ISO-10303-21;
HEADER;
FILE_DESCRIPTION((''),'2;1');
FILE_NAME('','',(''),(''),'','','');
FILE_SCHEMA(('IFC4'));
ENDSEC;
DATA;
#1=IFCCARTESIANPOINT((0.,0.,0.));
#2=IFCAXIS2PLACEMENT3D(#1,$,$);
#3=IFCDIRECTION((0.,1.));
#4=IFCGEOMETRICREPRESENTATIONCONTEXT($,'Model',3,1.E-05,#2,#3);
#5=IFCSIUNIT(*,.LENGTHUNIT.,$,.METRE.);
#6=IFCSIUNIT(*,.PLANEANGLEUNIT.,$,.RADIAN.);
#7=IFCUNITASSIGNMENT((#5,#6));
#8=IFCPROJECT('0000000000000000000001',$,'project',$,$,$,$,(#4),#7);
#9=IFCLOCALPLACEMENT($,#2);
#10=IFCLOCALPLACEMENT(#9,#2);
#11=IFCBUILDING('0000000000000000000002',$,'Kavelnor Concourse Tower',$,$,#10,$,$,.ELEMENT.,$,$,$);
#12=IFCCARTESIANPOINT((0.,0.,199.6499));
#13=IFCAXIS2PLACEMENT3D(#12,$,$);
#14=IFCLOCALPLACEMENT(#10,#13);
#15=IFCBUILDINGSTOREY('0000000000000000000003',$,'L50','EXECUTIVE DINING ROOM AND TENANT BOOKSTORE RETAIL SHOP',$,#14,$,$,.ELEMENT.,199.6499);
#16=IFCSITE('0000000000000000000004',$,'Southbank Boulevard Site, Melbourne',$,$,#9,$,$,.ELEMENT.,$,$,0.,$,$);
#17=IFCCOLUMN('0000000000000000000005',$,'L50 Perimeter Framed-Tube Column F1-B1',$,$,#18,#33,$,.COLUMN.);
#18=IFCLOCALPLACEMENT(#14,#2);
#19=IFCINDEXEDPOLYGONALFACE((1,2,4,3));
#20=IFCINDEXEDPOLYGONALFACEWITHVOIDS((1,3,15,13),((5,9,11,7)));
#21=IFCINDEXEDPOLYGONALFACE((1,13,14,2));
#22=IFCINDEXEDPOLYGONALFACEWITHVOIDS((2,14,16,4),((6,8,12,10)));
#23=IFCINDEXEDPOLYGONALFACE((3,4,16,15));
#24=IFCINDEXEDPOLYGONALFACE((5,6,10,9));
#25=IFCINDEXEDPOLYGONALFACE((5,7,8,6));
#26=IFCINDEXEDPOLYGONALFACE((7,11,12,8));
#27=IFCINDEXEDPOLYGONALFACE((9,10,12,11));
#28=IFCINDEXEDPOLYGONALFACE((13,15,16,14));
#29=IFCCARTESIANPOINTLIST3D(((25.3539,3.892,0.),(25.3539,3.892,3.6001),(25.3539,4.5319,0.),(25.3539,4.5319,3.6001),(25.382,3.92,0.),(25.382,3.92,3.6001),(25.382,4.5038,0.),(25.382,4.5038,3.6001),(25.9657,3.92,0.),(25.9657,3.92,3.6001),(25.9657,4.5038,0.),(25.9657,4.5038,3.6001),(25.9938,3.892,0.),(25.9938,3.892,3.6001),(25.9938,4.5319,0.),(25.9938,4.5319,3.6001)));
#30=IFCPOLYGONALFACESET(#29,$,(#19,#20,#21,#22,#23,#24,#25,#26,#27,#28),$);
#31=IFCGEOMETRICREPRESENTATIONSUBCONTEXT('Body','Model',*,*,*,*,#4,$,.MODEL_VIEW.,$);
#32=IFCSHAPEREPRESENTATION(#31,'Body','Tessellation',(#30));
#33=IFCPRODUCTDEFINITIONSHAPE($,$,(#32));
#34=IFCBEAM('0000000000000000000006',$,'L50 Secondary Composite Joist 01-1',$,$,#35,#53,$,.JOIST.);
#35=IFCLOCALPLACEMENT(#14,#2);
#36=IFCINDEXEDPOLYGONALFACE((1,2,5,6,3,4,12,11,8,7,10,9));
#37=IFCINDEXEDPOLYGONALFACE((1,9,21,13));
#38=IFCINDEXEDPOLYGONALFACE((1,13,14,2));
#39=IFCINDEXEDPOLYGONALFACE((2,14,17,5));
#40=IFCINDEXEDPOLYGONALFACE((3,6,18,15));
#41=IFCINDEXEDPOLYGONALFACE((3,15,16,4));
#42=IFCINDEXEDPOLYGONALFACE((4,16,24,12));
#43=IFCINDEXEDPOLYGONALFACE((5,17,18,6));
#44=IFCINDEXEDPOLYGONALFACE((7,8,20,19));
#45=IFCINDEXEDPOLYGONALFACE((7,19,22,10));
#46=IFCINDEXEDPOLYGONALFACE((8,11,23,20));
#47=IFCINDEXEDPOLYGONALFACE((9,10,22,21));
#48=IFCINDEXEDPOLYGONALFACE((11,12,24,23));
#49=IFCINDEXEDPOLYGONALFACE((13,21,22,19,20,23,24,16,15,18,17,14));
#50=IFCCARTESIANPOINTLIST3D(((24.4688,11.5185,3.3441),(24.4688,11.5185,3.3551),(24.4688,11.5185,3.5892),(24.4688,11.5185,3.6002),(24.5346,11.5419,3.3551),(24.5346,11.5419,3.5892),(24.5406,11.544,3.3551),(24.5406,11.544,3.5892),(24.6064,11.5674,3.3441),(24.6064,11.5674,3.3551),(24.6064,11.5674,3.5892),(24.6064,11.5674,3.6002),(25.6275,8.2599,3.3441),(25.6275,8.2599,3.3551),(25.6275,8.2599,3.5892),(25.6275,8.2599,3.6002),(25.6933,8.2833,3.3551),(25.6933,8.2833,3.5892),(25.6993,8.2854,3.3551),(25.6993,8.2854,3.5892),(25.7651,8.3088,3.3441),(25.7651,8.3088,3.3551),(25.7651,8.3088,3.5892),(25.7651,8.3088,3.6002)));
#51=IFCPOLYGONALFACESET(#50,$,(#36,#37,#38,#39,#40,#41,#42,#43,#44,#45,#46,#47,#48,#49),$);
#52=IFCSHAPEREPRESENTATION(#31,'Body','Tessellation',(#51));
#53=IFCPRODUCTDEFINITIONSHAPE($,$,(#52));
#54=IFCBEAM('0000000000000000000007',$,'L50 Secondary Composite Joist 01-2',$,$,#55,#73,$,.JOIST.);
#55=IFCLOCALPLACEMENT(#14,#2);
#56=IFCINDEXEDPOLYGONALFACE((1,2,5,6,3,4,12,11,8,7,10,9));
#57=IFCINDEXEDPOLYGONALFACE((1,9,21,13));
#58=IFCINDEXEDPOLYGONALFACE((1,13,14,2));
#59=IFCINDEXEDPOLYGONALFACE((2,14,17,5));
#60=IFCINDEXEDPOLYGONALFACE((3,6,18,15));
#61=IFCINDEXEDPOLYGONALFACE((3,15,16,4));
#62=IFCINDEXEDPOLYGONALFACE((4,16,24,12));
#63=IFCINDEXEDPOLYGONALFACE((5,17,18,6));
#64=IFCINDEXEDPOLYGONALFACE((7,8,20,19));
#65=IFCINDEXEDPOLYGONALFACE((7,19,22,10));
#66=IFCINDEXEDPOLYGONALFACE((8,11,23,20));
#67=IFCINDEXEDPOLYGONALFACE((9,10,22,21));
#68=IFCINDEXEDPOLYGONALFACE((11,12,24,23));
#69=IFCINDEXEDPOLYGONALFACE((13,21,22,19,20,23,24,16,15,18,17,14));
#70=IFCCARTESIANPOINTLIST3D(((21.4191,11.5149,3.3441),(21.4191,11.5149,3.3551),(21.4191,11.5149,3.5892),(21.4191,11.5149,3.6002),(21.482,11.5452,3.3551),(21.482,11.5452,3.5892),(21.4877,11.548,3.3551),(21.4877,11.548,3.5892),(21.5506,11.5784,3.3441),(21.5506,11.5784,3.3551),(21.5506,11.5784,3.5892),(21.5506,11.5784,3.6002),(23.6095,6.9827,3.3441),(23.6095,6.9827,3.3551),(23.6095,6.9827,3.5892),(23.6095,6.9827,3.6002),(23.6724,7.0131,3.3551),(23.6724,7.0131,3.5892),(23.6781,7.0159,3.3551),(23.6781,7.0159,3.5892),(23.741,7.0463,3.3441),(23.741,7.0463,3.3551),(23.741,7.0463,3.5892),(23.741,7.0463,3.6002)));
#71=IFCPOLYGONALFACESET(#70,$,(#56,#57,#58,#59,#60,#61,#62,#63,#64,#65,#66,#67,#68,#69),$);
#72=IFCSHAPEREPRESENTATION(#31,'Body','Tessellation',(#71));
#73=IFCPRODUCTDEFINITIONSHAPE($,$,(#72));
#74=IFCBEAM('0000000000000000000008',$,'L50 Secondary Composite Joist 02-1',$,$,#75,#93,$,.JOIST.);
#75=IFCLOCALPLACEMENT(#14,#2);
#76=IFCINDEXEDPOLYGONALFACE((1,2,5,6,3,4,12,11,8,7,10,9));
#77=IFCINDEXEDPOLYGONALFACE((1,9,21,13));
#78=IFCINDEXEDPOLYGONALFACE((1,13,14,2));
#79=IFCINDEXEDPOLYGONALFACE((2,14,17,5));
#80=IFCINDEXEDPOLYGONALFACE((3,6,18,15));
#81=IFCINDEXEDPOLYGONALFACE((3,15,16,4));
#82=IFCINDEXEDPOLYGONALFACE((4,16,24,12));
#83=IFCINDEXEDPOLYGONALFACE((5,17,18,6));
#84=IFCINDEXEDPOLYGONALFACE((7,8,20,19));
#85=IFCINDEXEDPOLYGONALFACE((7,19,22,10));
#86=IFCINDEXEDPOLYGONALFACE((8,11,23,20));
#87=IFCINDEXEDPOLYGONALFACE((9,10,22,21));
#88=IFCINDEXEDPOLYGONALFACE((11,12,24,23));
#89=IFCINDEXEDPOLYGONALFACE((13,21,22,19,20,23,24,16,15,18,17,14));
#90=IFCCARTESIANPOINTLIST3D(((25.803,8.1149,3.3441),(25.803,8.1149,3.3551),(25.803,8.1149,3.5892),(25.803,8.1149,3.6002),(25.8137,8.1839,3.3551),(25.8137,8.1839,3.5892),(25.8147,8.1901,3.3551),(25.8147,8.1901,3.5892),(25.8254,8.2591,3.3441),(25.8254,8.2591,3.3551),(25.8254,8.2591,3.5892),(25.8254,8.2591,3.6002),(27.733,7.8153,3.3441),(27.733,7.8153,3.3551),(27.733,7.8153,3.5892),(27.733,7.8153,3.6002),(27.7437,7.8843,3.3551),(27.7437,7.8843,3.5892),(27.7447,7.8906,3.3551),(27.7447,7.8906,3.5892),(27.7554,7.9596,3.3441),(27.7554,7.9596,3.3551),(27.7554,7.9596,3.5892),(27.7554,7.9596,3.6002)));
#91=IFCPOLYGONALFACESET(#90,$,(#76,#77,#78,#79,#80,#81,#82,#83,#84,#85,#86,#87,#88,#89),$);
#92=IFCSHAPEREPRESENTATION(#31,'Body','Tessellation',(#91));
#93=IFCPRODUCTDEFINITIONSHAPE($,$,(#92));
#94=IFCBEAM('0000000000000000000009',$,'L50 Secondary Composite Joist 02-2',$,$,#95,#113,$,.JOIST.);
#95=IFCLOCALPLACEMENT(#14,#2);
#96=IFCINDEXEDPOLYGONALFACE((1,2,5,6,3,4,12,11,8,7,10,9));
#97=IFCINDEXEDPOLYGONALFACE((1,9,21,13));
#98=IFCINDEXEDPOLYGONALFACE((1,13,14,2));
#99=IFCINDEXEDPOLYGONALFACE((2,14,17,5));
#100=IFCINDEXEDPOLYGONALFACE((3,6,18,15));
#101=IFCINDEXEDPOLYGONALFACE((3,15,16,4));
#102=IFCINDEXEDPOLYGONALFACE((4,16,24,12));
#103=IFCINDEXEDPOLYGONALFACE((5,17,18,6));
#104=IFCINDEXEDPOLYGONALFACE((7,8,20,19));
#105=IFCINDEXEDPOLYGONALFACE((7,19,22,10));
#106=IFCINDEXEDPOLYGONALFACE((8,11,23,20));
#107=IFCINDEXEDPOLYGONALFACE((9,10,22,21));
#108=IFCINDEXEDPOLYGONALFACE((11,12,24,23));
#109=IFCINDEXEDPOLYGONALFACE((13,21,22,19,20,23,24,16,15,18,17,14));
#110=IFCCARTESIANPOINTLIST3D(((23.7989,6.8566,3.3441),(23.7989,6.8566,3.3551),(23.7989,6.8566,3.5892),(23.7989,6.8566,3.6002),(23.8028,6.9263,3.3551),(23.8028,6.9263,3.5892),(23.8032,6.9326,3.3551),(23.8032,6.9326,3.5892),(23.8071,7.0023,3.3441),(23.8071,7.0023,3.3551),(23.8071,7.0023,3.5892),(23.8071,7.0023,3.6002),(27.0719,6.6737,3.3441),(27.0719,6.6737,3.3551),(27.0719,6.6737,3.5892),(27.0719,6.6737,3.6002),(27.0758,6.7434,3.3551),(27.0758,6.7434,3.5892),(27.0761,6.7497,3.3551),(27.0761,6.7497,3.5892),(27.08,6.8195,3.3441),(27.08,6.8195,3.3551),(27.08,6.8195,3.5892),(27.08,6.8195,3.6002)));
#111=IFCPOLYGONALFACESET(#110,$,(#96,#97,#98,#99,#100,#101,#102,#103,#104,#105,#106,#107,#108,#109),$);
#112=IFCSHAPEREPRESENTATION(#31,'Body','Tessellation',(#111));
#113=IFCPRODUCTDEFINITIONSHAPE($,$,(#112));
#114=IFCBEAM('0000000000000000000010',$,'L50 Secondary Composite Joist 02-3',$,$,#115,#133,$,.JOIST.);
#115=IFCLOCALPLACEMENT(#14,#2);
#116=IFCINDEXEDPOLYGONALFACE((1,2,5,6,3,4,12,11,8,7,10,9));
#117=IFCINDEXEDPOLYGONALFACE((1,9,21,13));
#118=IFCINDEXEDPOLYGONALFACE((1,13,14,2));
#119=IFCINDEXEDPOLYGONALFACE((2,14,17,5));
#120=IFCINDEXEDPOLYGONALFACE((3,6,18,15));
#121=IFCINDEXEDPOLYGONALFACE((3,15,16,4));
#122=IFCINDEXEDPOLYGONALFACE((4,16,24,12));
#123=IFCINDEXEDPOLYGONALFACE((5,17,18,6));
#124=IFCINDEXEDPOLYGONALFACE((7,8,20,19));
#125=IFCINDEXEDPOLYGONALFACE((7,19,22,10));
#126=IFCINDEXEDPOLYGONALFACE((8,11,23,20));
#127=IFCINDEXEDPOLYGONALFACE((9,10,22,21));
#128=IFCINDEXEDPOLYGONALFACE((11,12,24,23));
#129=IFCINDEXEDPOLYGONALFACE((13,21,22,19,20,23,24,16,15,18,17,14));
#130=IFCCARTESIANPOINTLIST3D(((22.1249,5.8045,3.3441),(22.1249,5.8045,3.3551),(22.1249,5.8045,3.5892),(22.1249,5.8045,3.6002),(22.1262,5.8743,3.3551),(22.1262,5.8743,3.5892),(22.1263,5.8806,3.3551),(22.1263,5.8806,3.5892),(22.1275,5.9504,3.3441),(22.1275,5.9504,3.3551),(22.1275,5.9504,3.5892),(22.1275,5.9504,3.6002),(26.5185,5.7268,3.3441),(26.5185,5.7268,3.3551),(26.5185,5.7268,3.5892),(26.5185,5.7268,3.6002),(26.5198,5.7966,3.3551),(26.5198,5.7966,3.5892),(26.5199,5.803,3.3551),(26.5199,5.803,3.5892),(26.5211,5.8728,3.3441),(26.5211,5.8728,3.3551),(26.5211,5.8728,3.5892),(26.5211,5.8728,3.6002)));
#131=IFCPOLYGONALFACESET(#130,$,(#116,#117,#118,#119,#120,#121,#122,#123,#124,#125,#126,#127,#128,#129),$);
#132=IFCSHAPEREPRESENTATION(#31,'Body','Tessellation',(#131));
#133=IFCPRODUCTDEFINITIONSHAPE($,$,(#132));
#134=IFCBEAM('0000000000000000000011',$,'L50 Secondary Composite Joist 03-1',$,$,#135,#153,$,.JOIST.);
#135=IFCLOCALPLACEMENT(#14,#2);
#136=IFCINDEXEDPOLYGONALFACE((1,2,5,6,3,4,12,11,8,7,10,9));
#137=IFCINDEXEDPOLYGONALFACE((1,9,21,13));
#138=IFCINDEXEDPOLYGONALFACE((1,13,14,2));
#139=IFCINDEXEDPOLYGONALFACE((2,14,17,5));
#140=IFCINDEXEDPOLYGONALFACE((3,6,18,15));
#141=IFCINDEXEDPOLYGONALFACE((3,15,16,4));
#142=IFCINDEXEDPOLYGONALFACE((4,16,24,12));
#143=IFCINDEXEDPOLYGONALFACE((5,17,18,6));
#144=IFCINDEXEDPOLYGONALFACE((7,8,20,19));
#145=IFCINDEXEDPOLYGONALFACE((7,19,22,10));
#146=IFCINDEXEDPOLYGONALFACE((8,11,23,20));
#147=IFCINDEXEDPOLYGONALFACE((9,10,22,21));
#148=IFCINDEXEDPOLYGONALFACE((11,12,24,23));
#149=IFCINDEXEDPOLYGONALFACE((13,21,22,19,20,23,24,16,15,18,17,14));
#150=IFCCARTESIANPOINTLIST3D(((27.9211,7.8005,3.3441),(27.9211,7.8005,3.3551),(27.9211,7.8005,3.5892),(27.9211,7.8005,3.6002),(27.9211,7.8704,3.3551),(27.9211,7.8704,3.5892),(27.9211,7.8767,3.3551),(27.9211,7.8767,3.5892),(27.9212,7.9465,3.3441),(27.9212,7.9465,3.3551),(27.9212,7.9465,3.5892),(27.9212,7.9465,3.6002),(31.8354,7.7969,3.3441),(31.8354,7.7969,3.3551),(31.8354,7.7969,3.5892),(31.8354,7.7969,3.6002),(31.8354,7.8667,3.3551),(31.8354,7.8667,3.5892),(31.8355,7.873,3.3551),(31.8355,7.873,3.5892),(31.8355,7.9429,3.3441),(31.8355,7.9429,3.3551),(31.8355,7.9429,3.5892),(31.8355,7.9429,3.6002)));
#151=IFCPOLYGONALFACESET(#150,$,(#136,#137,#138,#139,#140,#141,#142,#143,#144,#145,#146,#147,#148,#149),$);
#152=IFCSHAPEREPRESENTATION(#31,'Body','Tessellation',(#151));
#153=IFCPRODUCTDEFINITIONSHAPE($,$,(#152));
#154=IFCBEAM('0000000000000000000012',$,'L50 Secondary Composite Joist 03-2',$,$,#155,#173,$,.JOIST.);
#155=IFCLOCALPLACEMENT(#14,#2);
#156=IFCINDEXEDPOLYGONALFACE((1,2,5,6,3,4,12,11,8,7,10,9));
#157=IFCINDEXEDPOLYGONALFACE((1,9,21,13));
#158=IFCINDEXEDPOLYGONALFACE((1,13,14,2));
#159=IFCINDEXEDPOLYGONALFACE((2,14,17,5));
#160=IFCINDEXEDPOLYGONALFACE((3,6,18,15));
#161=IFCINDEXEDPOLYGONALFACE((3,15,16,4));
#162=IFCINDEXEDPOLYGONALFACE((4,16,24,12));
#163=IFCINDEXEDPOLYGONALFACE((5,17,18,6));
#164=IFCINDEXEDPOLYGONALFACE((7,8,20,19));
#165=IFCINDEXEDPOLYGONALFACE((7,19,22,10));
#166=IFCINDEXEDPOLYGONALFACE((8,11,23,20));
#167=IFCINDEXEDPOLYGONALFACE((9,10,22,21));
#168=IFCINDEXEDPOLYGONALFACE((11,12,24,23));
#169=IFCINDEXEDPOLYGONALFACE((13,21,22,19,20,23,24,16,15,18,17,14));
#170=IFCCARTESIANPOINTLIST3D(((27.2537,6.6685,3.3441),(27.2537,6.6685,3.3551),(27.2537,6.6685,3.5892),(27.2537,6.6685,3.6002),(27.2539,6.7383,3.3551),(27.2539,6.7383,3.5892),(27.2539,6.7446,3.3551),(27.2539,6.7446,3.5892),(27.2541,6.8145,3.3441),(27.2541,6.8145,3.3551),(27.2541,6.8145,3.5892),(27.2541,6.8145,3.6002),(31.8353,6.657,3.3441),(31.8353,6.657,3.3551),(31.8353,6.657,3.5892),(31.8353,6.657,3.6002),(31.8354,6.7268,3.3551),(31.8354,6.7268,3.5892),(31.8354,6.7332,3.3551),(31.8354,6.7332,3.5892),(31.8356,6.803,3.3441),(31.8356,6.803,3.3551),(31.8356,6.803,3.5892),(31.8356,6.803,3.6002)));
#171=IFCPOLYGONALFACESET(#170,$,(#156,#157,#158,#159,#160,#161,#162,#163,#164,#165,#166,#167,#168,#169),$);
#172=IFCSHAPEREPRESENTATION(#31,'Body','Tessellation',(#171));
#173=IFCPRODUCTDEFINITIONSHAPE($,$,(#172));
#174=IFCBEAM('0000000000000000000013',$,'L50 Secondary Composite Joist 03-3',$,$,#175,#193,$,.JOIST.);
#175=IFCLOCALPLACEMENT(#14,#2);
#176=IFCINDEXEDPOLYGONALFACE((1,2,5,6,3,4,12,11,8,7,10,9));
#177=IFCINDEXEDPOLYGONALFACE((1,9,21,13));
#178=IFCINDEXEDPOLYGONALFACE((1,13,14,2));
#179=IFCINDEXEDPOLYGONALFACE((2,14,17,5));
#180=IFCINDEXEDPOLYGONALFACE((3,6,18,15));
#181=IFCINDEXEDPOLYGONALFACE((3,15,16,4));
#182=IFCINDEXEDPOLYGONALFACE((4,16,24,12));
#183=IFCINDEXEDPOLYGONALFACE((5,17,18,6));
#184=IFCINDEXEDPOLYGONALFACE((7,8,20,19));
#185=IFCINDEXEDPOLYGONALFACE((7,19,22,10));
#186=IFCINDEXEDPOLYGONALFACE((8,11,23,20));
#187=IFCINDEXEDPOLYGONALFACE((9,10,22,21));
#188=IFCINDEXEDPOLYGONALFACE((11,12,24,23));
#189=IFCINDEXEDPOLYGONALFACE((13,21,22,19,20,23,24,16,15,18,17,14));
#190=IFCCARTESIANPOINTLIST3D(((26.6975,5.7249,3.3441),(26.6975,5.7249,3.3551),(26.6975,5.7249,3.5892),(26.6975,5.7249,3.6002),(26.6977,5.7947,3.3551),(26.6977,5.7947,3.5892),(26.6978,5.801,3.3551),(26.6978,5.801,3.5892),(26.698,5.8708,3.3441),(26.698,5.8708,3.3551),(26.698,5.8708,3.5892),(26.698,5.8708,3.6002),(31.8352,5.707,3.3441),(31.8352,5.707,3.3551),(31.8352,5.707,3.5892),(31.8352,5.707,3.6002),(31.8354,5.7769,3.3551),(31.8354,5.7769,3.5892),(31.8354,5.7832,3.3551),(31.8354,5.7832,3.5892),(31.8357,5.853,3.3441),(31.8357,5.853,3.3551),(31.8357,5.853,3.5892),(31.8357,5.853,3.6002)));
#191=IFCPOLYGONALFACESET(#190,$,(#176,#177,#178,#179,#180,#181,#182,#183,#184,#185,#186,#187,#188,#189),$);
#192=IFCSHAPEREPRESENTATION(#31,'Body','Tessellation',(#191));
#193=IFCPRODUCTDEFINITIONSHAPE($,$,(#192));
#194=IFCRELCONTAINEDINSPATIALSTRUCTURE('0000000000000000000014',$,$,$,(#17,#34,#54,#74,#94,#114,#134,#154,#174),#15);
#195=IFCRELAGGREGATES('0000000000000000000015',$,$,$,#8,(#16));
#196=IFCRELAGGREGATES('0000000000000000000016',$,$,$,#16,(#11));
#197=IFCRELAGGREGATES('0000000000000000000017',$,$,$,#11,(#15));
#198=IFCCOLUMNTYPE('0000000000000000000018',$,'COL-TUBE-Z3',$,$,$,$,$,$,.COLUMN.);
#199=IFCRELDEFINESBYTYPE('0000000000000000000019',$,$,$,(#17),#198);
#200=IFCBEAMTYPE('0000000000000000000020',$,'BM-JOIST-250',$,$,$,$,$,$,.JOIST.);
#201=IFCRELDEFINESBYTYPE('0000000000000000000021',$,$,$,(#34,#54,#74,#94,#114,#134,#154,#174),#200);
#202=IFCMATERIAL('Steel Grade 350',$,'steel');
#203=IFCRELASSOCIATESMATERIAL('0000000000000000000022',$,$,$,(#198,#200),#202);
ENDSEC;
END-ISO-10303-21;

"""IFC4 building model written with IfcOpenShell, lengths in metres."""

from ifc_helpers import new_model, si_unit, direction, frame, origin, origin_2d, place, context, subcontext, project, spatial, hollow_rectangle, i_section, extrude, material, material_profile, profile_set, type_object, element, save


model = new_model("IFC4")

# Units and contexts
model_context = context("Model", 3, precision=1e-05, world=origin(), true_north=direction((0.0, 1.0)))
body_context = subcontext(model_context, "Body", "Model", "MODEL_VIEW")
ifc_project = project(units=[si_unit("LENGTHUNIT", "METRE"), si_unit("PLANEANGLEUNIT", "RADIAN")], contexts=[model_context])

# Site, building, storey
site_placement = place(None, origin())
site = spatial("IfcSite", under=ifc_project, at=site_placement, Name="Southbank Boulevard Site, Melbourne", CompositionType="ELEMENT", RefElevation=0.0)
building_placement = place(site_placement, origin())
building = spatial("IfcBuilding", under=site, at=building_placement, Name="Kavelnor Concourse Tower", CompositionType="ELEMENT")
storey_placement = place(building_placement, frame((0.0, 0.0, 199.6499)))
storey = spatial("IfcBuildingStorey", under=building, at=storey_placement, Name="L50", Description="EXECUTIVE DINING ROOM AND TENANT BOOKSTORE RETAIL SHOP", CompositionType="ELEMENT", Elevation=199.6499)

# Column
ifc_material_1 = material(Name="Steel Grade 350", Category="steel")
ifc_material_profile_1 = material_profile(ifc_material_1, hollow_rectangle(XDim=0.6399, YDim=0.6399, WallThickness=0.0281, at=origin_2d()), Name="SHS 640x640x28")
ifc_profile_set_1 = profile_set([ifc_material_profile_1], Name="Steel Grade 350")
column_type = type_object("IfcColumnType", Name="COL-TUBE-Z3", PredefinedType="COLUMN", material=ifc_profile_set_1)
column_placement = place(storey_placement, frame((25.6738, 4.2119, 0.0), z_axis=(0.0, 0.0, 1.0), x_axis=(1.0, 0.0, 0.0)))
element("IfcColumn", 1, at=column_placement, inside=storey, type_object=column_type, Name="L50 Perimeter Framed-Tube Column F1-B1", PredefinedType="COLUMN", context=body_context, shape_type="SweptSolid", body=[
    extrude(hollow_rectangle(XDim=0.6399, YDim=0.6399, WallThickness=0.0281, at=origin_2d()), origin(), (0.0, 0.0, 1.0), 3.6001),
])

# Beams
ifc_material_profile_2 = material_profile(ifc_material_1, i_section(OverallWidth=0.146, OverallDepth=0.2561, WebThickness=0.0063, FlangeThickness=0.011, at=origin_2d()), Name="250UB37")
ifc_profile_set_2 = profile_set([ifc_material_profile_2], Name="Steel Grade 350")
beam_type_1 = type_object("IfcBeamType", Name="BM-JOIST-250", PredefinedType="JOIST", material=ifc_profile_set_2)
beam_1_placement = place(storey_placement, frame((24.5376, 11.543, 3.4722), z_axis=(0.335035, -0.942206, 0.0), x_axis=(0.942206, 0.335035, 0.0)))
element("IfcBeam", 2, at=beam_1_placement, inside=storey, type_object=beam_type_1, Name="L50 Secondary Composite Joist 01-1", PredefinedType="JOIST", context=body_context, shape_type="SweptSolid", body=[
    extrude(i_section(OverallWidth=0.146, OverallDepth=0.2561, WebThickness=0.0063, FlangeThickness=0.011, at=origin_2d()), origin(), (0.0, 0.0, 1.0), 3.4585),
])
beam_2_placement = place(storey_placement, frame((21.4849, 11.5466, 3.4722), z_axis=(0.435145, -0.90036, 0.0), x_axis=(0.90036, 0.435145, 0.0)))
element("IfcBeam", 3, at=beam_2_placement, inside=storey, type_object=beam_type_1, Name="L50 Secondary Composite Joist 01-2", PredefinedType="JOIST", context=body_context, shape_type="SweptSolid", body=[
    extrude(i_section(OverallWidth=0.146, OverallDepth=0.2561, WebThickness=0.0063, FlangeThickness=0.011, at=origin_2d()), origin(), (0.0, 0.0, 1.0), 5.0337),
])
beam_3_placement = place(storey_placement, frame((25.8142, 8.187, 3.4722), z_axis=(0.988167, -0.153382, 0.0), x_axis=(0.153382, 0.988167, 0.0)))
element("IfcBeam", 4, at=beam_3_placement, inside=storey, type_object=beam_type_1, Name="L50 Secondary Composite Joist 02-1", PredefinedType="JOIST", context=body_context, shape_type="SweptSolid", body=[
    extrude(i_section(OverallWidth=0.146, OverallDepth=0.2561, WebThickness=0.0063, FlangeThickness=0.011, at=origin_2d()), origin(), (0.0, 0.0, 1.0), 1.9531),
])
beam_4_placement = place(storey_placement, frame((23.803, 6.9294, 3.4722), z_axis=(0.998443, -0.055784, 0.0), x_axis=(0.055784, 0.998443, 0.0)))
element("IfcBeam", 5, at=beam_4_placement, inside=storey, type_object=beam_type_1, Name="L50 Secondary Composite Joist 02-2", PredefinedType="JOIST", context=body_context, shape_type="SweptSolid", body=[
    extrude(i_section(OverallWidth=0.146, OverallDepth=0.2561, WebThickness=0.0063, FlangeThickness=0.011, at=origin_2d()), origin(), (0.0, 0.0, 1.0), 3.2781),
])
beam_5_placement = place(storey_placement, frame((22.1262, 5.8774, 3.4722), z_axis=(0.999844, -0.017668, 0.0), x_axis=(0.017668, 0.999844, 0.0)))
element("IfcBeam", 6, at=beam_5_placement, inside=storey, type_object=beam_type_1, Name="L50 Secondary Composite Joist 02-3", PredefinedType="JOIST", context=body_context, shape_type="SweptSolid", body=[
    extrude(i_section(OverallWidth=0.146, OverallDepth=0.2561, WebThickness=0.0063, FlangeThickness=0.011, at=origin_2d()), origin(), (0.0, 0.0, 1.0), 4.3943),
])
beam_6_placement = place(storey_placement, frame((27.9211, 7.8735, 3.4722), z_axis=(1.0, -0.000936, 0.0), x_axis=(0.000936, 1.0, 0.0)))
element("IfcBeam", 7, at=beam_6_placement, inside=storey, type_object=beam_type_1, Name="L50 Secondary Composite Joist 03-1", PredefinedType="JOIST", context=body_context, shape_type="SweptSolid", body=[
    extrude(i_section(OverallWidth=0.146, OverallDepth=0.2561, WebThickness=0.0063, FlangeThickness=0.011, at=origin_2d()), origin(), (0.0, 0.0, 1.0), 3.9143),
])
beam_7_placement = place(storey_placement, frame((27.2539, 6.7415, 3.4722), z_axis=(0.999997, -0.002505, 0.0), x_axis=(0.002505, 0.999997, 0.0)))
element("IfcBeam", 8, at=beam_7_placement, inside=storey, type_object=beam_type_1, Name="L50 Secondary Composite Joist 03-2", PredefinedType="JOIST", context=body_context, shape_type="SweptSolid", body=[
    extrude(i_section(OverallWidth=0.146, OverallDepth=0.2561, WebThickness=0.0063, FlangeThickness=0.011, at=origin_2d()), origin(), (0.0, 0.0, 1.0), 4.5815),
])
beam_8_placement = place(storey_placement, frame((26.6978, 5.7979, 3.4722), z_axis=(0.999994, -0.003469, 0.0), x_axis=(0.003469, 0.999994, 0.0)))
element("IfcBeam", 9, at=beam_8_placement, inside=storey, type_object=beam_type_1, Name="L50 Secondary Composite Joist 03-3", PredefinedType="JOIST", context=body_context, shape_type="SweptSolid", body=[
    extrude(i_section(OverallWidth=0.146, OverallDepth=0.2561, WebThickness=0.0063, FlangeThickness=0.011, at=origin_2d()), origin(), (0.0, 0.0, 1.0), 5.1377),
])

save(model, "model.ifc")
